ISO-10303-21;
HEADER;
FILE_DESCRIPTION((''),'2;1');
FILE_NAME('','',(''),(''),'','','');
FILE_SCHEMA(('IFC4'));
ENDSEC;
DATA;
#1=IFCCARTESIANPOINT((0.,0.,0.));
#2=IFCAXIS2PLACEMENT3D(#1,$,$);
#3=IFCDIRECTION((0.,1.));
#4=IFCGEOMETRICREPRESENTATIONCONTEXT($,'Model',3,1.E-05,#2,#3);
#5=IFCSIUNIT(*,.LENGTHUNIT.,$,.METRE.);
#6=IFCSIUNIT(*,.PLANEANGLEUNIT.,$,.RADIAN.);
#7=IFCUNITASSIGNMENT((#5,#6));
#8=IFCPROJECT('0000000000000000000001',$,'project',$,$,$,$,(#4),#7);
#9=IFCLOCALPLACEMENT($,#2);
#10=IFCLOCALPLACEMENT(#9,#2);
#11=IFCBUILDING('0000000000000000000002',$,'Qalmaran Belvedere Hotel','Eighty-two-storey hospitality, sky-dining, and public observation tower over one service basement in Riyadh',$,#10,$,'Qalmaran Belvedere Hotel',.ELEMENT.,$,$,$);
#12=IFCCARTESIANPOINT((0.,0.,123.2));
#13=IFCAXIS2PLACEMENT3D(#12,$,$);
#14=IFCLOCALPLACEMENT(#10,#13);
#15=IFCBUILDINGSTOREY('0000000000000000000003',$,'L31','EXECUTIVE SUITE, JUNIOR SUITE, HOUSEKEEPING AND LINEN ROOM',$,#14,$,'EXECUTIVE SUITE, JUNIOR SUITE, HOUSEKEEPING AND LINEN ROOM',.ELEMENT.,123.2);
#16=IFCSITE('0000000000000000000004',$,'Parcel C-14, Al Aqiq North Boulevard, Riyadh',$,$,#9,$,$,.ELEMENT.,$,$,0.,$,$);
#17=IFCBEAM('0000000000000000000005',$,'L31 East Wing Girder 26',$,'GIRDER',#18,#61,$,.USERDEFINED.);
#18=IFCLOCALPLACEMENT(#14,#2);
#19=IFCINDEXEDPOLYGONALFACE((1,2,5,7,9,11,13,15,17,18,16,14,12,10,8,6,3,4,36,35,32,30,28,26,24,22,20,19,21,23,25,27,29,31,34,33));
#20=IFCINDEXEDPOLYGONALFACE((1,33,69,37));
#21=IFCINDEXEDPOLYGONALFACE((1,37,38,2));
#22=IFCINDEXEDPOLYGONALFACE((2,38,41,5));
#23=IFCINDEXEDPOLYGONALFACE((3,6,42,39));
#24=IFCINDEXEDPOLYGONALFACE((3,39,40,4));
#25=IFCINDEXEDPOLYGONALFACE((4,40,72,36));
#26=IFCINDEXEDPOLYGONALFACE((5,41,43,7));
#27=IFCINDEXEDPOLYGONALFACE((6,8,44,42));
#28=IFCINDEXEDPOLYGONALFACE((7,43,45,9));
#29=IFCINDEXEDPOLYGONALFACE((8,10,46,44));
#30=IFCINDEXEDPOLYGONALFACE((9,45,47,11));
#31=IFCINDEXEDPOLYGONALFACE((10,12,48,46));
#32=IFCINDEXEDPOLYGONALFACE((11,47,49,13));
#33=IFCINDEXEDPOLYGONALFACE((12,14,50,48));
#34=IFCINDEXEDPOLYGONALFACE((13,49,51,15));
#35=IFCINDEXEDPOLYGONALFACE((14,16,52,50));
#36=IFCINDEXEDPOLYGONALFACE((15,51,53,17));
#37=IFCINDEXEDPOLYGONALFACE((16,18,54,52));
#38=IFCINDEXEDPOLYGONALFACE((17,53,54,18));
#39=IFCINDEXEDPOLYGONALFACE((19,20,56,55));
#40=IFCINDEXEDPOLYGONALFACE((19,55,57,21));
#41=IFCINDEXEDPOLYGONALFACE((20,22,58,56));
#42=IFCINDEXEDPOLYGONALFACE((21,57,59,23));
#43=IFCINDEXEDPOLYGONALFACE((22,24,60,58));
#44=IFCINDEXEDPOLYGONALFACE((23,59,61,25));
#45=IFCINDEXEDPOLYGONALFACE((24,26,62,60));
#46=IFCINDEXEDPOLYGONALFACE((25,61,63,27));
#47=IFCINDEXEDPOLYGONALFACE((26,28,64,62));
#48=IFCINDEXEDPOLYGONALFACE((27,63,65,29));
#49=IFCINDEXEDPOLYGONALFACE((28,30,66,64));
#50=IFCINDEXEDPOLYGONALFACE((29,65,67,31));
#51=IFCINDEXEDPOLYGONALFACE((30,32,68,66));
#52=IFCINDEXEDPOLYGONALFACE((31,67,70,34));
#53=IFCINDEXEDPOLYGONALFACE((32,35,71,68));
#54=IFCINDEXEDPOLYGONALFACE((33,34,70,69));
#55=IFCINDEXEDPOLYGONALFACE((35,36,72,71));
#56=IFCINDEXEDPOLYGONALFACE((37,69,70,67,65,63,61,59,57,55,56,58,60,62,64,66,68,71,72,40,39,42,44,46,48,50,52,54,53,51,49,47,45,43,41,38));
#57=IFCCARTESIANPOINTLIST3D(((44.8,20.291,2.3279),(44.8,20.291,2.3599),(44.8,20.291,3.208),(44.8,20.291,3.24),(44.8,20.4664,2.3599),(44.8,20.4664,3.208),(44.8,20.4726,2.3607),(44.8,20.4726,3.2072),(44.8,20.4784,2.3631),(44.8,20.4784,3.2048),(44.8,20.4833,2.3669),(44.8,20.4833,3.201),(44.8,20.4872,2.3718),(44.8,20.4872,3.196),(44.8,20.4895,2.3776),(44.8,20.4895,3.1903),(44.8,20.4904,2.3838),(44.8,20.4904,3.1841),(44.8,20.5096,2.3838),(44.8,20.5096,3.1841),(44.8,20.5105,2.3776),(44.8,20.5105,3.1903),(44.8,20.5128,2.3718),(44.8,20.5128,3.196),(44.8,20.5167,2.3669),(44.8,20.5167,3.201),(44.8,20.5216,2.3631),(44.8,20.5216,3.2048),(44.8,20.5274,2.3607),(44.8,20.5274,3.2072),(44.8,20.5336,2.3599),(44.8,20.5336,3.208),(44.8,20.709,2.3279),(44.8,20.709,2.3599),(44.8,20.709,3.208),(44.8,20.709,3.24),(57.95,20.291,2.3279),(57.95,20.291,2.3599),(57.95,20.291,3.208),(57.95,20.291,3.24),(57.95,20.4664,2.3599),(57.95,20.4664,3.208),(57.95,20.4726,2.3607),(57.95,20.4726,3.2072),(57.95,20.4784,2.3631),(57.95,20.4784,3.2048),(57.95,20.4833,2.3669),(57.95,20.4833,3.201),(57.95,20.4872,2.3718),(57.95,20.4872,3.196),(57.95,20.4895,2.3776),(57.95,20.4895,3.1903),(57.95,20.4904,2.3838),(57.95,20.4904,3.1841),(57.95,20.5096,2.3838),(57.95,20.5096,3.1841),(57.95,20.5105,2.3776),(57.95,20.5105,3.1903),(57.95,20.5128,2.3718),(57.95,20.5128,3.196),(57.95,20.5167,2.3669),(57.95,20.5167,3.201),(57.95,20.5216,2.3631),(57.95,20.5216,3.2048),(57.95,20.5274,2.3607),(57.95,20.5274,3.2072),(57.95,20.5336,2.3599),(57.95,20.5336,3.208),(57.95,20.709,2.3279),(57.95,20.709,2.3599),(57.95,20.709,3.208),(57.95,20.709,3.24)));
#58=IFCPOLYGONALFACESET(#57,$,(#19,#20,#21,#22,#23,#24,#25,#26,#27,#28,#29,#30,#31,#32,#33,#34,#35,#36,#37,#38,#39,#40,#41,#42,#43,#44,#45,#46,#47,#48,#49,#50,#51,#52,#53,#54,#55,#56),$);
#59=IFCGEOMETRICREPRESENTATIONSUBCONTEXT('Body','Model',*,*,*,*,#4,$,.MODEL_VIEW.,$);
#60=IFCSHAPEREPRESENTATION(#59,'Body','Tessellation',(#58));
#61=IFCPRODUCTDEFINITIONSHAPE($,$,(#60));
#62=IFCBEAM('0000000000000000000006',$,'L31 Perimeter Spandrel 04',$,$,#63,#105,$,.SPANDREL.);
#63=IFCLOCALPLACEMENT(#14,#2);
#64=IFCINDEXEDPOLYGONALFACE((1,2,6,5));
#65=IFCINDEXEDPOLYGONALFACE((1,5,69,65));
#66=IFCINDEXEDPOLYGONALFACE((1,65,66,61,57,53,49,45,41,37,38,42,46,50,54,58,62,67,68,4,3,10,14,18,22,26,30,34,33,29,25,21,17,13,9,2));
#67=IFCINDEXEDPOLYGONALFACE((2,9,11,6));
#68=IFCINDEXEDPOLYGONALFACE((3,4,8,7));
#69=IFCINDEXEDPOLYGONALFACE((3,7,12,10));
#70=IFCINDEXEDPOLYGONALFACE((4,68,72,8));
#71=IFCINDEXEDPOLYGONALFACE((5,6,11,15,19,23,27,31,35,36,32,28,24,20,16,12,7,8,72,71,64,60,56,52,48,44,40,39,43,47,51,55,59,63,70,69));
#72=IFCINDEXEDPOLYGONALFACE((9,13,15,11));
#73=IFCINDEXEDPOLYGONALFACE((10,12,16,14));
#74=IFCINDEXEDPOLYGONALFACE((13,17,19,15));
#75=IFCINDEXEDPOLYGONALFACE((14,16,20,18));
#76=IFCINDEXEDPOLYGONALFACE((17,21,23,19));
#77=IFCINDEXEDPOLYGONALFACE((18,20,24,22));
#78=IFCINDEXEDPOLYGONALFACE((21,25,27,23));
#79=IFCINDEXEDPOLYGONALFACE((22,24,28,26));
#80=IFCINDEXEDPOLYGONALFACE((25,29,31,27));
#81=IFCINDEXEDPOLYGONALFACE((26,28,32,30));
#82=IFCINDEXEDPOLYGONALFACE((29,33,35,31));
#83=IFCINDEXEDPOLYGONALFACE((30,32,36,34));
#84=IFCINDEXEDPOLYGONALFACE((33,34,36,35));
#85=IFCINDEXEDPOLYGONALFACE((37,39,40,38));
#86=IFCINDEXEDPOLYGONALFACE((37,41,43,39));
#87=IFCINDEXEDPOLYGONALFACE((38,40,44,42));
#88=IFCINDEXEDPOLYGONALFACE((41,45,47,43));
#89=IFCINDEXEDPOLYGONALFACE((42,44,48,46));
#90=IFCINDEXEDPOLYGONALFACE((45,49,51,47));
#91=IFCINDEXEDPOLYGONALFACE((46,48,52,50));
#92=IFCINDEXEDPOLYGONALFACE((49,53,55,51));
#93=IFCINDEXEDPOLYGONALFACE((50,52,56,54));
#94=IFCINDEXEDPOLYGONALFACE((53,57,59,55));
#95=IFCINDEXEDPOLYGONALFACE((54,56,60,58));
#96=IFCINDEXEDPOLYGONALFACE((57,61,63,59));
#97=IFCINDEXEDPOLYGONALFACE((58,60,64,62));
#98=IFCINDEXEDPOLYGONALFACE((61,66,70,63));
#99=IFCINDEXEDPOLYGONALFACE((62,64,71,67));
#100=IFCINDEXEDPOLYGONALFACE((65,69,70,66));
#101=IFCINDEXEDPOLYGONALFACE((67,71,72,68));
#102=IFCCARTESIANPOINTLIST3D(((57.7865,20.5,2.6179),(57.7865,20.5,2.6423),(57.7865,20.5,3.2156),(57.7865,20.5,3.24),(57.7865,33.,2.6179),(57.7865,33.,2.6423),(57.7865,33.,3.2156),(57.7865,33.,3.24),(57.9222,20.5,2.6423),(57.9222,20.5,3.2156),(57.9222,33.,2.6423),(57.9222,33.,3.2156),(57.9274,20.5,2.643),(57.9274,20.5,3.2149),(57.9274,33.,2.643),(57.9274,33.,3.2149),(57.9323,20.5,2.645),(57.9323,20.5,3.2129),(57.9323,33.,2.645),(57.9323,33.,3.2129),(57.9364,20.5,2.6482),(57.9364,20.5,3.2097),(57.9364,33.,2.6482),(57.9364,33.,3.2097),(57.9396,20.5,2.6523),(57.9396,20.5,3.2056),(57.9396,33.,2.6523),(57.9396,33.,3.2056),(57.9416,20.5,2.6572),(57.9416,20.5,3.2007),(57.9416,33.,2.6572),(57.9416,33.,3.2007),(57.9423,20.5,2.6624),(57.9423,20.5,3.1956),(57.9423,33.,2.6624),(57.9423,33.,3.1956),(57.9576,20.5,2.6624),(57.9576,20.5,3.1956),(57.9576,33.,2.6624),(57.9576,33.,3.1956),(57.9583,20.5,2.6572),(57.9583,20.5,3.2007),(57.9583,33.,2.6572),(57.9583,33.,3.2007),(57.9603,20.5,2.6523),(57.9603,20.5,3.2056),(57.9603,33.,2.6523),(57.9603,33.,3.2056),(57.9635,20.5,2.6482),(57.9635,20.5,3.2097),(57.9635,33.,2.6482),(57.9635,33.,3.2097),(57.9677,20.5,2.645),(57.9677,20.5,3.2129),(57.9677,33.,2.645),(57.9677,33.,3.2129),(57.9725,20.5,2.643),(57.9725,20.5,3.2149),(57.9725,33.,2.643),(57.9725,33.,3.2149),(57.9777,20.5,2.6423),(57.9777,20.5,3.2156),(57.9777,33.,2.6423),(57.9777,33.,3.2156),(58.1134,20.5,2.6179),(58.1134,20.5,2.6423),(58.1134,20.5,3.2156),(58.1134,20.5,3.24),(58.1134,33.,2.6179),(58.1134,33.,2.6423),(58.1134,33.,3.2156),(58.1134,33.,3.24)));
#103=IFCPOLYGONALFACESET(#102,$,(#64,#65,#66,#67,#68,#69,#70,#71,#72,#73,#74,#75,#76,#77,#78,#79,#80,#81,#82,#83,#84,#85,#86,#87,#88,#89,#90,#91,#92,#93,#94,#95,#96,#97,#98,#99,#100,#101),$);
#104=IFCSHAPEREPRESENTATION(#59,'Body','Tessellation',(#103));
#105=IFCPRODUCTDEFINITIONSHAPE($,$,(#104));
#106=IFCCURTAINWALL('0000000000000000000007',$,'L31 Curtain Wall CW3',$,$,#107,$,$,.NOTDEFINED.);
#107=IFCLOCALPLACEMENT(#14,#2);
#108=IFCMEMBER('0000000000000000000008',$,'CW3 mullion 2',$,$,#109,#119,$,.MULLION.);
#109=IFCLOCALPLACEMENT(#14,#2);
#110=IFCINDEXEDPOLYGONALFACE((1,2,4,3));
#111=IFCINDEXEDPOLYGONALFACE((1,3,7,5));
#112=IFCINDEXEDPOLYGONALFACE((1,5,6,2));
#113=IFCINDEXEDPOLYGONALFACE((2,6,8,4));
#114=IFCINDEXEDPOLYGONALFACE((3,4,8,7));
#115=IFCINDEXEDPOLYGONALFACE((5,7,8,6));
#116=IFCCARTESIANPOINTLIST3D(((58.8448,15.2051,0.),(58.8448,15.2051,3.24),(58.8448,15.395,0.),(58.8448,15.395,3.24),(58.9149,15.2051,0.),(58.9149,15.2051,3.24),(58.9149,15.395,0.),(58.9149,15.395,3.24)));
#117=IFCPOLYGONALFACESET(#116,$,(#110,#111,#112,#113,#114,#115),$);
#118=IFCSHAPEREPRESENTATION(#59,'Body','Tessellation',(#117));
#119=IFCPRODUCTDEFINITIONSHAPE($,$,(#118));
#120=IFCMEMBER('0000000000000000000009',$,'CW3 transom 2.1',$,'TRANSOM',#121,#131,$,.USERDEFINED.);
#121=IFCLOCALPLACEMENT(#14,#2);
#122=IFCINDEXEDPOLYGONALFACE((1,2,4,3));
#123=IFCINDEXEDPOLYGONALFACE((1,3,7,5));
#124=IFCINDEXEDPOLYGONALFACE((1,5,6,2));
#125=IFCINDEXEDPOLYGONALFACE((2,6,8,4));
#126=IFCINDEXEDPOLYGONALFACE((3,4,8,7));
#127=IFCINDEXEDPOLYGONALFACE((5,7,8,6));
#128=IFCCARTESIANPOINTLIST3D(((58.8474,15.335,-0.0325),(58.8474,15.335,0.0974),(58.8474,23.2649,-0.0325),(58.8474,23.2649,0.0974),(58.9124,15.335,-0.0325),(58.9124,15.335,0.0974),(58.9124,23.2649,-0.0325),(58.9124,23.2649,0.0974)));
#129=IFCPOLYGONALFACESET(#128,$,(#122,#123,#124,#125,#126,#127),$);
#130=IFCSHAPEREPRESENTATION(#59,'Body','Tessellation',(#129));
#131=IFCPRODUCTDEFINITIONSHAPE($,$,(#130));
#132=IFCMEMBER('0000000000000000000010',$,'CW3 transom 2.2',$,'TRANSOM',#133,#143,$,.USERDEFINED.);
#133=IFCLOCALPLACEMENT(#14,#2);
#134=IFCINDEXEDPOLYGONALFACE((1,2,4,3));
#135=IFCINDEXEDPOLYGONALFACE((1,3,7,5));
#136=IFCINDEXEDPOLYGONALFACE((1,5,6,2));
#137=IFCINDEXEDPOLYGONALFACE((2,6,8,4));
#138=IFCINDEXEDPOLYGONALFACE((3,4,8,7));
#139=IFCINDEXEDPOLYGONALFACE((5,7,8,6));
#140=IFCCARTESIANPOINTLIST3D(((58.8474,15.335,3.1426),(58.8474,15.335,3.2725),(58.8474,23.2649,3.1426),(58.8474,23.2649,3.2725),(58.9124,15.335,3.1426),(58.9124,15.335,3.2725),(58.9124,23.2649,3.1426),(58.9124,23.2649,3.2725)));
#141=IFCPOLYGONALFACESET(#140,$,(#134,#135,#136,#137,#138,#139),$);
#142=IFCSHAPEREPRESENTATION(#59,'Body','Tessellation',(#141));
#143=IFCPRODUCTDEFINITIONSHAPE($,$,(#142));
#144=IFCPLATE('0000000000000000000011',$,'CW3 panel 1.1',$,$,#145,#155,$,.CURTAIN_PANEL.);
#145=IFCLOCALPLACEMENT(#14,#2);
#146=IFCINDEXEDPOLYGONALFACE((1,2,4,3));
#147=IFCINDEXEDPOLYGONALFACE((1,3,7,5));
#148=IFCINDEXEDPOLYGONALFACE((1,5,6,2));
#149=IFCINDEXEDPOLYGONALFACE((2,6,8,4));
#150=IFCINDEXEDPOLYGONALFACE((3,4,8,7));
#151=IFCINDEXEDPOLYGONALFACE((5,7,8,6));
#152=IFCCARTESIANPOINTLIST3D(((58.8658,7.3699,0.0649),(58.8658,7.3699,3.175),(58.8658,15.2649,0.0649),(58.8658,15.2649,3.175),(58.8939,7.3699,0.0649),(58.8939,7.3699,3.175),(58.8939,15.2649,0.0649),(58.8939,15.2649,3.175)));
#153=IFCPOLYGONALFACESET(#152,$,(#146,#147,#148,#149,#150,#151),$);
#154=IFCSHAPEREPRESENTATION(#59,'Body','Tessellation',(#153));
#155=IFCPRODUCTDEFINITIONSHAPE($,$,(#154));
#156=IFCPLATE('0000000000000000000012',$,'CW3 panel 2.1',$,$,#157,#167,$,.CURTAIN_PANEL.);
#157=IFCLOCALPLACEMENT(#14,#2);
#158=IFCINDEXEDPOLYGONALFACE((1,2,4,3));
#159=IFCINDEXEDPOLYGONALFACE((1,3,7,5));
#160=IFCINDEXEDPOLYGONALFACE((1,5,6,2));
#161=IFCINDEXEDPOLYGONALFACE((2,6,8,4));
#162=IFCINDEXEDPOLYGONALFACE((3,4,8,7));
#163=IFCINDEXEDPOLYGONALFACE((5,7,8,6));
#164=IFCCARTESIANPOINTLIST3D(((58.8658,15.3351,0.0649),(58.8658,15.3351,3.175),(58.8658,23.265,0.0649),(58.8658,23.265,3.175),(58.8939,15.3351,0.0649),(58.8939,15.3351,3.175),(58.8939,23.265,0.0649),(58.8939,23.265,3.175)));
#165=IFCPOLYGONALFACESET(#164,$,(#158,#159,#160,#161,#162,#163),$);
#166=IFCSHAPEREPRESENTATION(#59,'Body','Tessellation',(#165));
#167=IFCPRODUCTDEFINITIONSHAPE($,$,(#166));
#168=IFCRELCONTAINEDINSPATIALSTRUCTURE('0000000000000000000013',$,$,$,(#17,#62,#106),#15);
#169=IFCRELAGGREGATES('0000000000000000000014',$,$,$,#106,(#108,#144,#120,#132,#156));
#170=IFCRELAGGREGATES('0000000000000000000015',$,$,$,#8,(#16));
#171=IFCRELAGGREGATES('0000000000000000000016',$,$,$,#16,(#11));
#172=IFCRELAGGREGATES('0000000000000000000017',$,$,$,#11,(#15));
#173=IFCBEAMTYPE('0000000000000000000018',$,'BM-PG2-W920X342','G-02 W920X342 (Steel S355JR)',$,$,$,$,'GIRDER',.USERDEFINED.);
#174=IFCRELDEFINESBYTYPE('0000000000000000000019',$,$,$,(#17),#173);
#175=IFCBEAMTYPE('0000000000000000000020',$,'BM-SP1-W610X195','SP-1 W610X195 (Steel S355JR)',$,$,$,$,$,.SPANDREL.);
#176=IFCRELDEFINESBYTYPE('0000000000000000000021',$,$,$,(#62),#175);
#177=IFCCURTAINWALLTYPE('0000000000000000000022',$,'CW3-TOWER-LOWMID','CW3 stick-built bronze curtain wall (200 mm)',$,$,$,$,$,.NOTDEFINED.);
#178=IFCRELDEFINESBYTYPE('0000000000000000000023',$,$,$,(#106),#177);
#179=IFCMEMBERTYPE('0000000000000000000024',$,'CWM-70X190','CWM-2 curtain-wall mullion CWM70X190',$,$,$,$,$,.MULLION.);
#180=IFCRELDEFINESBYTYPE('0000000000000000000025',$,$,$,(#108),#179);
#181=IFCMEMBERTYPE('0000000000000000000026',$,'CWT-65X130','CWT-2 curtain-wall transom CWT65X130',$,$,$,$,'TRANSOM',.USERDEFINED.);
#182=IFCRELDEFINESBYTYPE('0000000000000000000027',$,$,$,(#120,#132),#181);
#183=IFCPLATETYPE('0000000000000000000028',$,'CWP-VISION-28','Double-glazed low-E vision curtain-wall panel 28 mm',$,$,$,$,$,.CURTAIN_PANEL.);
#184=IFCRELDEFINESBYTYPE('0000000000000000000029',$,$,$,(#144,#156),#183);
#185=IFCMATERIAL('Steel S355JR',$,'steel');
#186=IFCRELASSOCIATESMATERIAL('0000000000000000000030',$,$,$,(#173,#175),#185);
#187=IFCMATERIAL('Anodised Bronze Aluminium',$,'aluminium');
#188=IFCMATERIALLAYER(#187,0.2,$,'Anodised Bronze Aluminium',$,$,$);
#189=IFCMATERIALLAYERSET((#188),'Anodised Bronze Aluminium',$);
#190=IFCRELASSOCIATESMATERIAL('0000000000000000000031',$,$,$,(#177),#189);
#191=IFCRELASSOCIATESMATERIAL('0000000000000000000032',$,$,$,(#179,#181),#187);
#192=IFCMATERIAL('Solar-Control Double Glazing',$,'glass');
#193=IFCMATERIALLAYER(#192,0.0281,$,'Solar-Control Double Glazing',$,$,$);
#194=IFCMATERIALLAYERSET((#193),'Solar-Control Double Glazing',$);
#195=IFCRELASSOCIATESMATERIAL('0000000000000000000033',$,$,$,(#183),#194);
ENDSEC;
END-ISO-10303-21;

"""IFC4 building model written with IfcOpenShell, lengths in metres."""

from ifc_helpers import new_model, si_unit, direction, frame, origin, origin_2d, place, context, subcontext, project, spatial, rectangle, i_section, extrude, material, layer, layer_set, material_profile, profile_set, type_object, element, aggregate, save


model = new_model("IFC4")

# Units and contexts
model_context = context("Model", 3, precision=1e-05, world=origin(), true_north=direction((0.0, 1.0)))
body_context = subcontext(model_context, "Body", "Model", "MODEL_VIEW")
ifc_project = project(units=[si_unit("LENGTHUNIT", "METRE"), si_unit("PLANEANGLEUNIT", "RADIAN")], contexts=[model_context])

# Site, building, storey
site_placement = place(None, origin())
site = spatial("IfcSite", under=ifc_project, at=site_placement, Name="Parcel C-14, Al Aqiq North Boulevard, Riyadh", CompositionType="ELEMENT", RefElevation=0.0)
building_placement = place(site_placement, origin())
building = spatial("IfcBuilding", under=site, at=building_placement, Name="Qalmaran Belvedere Hotel", Description="Eighty-two-storey hospitality, sky-dining, and public observation tower over one service basement in Riyadh", LongName="Qalmaran Belvedere Hotel", CompositionType="ELEMENT")
storey_placement = place(building_placement, frame((0.0, 0.0, 123.2)))
storey = spatial("IfcBuildingStorey", under=building, at=storey_placement, Name="L31", Description="EXECUTIVE SUITE, JUNIOR SUITE, HOUSEKEEPING AND LINEN ROOM", LongName="EXECUTIVE SUITE, JUNIOR SUITE, HOUSEKEEPING AND LINEN ROOM", CompositionType="ELEMENT", Elevation=123.2)

# Beams
ifc_material_1 = material(Name="Steel S355JR", Category="steel")
ifc_material_profile_1 = material_profile(ifc_material_1, i_section(OverallWidth=0.418, OverallDepth=0.9121, WebThickness=0.0193, FlangeThickness=0.032, FilletRadius=0.0239, at=origin_2d()), Name="W920X342")
ifc_profile_set_1 = profile_set([ifc_material_profile_1], Name="Steel S355JR")
beam_type_1 = type_object("IfcBeamType", Name="BM-PG2-W920X342", Description="G-02 W920X342 (Steel S355JR)", ElementType="GIRDER", PredefinedType="USERDEFINED", material=ifc_profile_set_1)
beam_1_placement = place(storey_placement, frame((44.8, 20.5, 2.7839), z_axis=(1.0, 0.0, 0.0), x_axis=(0.0, 1.0, 0.0)))
element("IfcBeam", 1, at=beam_1_placement, inside=storey, type_object=beam_type_1, Name="L31 East Wing Girder 26", ObjectType="GIRDER", PredefinedType="USERDEFINED", context=body_context, shape_type="SweptSolid", body=[
    extrude(i_section(OverallWidth=0.418, OverallDepth=0.9121, WebThickness=0.0193, FlangeThickness=0.032, FilletRadius=0.0239, at=origin_2d()), origin(), (0.0, 0.0, 1.0), 13.1499),
])
ifc_material_profile_2 = material_profile(ifc_material_1, i_section(OverallWidth=0.3269, OverallDepth=0.6221, WebThickness=0.0154, FlangeThickness=0.0244, FilletRadius=0.02, at=origin_2d()), Name="W610X195")
ifc_profile_set_2 = profile_set([ifc_material_profile_2], Name="Steel S355JR")
beam_type_2 = type_object("IfcBeamType", Name="BM-SP1-W610X195", Description="SP-1 W610X195 (Steel S355JR)", PredefinedType="SPANDREL", material=ifc_profile_set_2)
beam_2_placement = place(storey_placement, frame((57.95, 20.5, 2.929), z_axis=(0.0, 1.0, 0.0), x_axis=(-1.0, 0.0, 0.0)))
element("IfcBeam", 2, at=beam_2_placement, inside=storey, type_object=beam_type_2, Name="L31 Perimeter Spandrel 04", PredefinedType="SPANDREL", context=body_context, shape_type="SweptSolid", body=[
    extrude(i_section(OverallWidth=0.3269, OverallDepth=0.6221, WebThickness=0.0154, FlangeThickness=0.0244, FilletRadius=0.02, at=origin_2d()), origin(), (0.0, 0.0, 1.0), 12.5),
])

# Curtain wall, members, plates
ifc_material_2 = material(Name="Anodised Bronze Aluminium", Category="aluminium")
ifc_layer_1 = layer(ifc_material_2, 0.2, Name="Anodised Bronze Aluminium")
ifc_layer_set_1 = layer_set([ifc_layer_1], Name="Anodised Bronze Aluminium")
curtain_wall_type = type_object("IfcCurtainWallType", Name="CW3-TOWER-LOWMID", Description="CW3 stick-built bronze curtain wall (200 mm)", PredefinedType="NOTDEFINED", material=ifc_layer_set_1)
curtain_wall_placement = place(storey_placement, origin())
curtain_wall = element("IfcCurtainWall", 3, at=curtain_wall_placement, inside=storey, type_object=curtain_wall_type, Name="L31 Curtain Wall CW3", PredefinedType="NOTDEFINED")
ifc_material_profile_3 = material_profile(ifc_material_2, rectangle(XDim=0.0701, YDim=0.1899, at=origin_2d()), Name="CWM70X190")
ifc_profile_set_3 = profile_set([ifc_material_profile_3], Name="Anodised Bronze Aluminium")
member_type_1 = type_object("IfcMemberType", Name="CWM-70X190", Description="CWM-2 curtain-wall mullion CWM70X190", PredefinedType="MULLION", material=ifc_profile_set_3)
member_1_placement = place(storey_placement, frame((58.8799, 15.3, 0.0), z_axis=(0.0, 0.0, 1.0), x_axis=(-1.0, 0.0, 0.0)))
member_1 = element("IfcMember", 4, at=member_1_placement, type_object=member_type_1, Name="CW3 mullion 2", PredefinedType="MULLION", context=body_context, shape_type="SweptSolid", body=[
    extrude(rectangle(XDim=0.0701, YDim=0.1899, at=origin_2d()), origin(), (0.0, 0.0, 1.0), 3.24),
])
ifc_material_profile_4 = material_profile(ifc_material_2, rectangle(XDim=0.0649, YDim=0.1299, at=origin_2d()), Name="CWT65X130")
ifc_profile_set_4 = profile_set([ifc_material_profile_4], Name="Anodised Bronze Aluminium")
member_type_2 = type_object("IfcMemberType", Name="CWT-65X130", Description="CWT-2 curtain-wall transom CWT65X130", ElementType="TRANSOM", PredefinedType="USERDEFINED", material=ifc_profile_set_4)
member_2_placement = place(storey_placement, frame((58.8799, 15.335, 0.0325), z_axis=(0.0, 1.0, 0.0), x_axis=(-1.0, 0.0, 0.0)))
member_2 = element("IfcMember", 5, at=member_2_placement, type_object=member_type_2, Name="CW3 transom 2.1", ObjectType="TRANSOM", PredefinedType="USERDEFINED", context=body_context, shape_type="SweptSolid", body=[
    extrude(rectangle(XDim=0.0649, YDim=0.1299, at=origin_2d()), origin(), (0.0, 0.0, 1.0), 7.9299),
])
member_3_placement = place(storey_placement, frame((58.8799, 15.335, 3.2075), z_axis=(0.0, 1.0, 0.0), x_axis=(-1.0, 0.0, 0.0)))
member_3 = element("IfcMember", 6, at=member_3_placement, type_object=member_type_2, Name="CW3 transom 2.2", ObjectType="TRANSOM", PredefinedType="USERDEFINED", context=body_context, shape_type="SweptSolid", body=[
    extrude(rectangle(XDim=0.0649, YDim=0.1299, at=origin_2d()), origin(), (0.0, 0.0, 1.0), 7.9299),
])
ifc_material_3 = material(Name="Solar-Control Double Glazing", Category="glass")
ifc_layer_2 = layer(ifc_material_3, 0.0281, Name="Solar-Control Double Glazing")
ifc_layer_set_2 = layer_set([ifc_layer_2], Name="Solar-Control Double Glazing")
plate_type = type_object("IfcPlateType", Name="CWP-VISION-28", Description="Double-glazed low-E vision curtain-wall panel 28 mm", PredefinedType="CURTAIN_PANEL", material=ifc_layer_set_2)
plate_1_placement = place(storey_placement, frame((58.8799, 11.3174, 0.0649), z_axis=(0.0, 0.0, 1.0), x_axis=(0.0, 1.0, 0.0)))
plate_1 = element("IfcPlate", 7, at=plate_1_placement, type_object=plate_type, Name="CW3 panel 1.1", PredefinedType="CURTAIN_PANEL", context=body_context, shape_type="SweptSolid", body=[
    extrude(rectangle(XDim=7.895, YDim=0.0281, at=origin_2d()), origin(), (0.0, 0.0, 1.0), 3.1101),
])
plate_2_placement = place(storey_placement, frame((58.8799, 19.3, 0.0649), z_axis=(0.0, 0.0, 1.0), x_axis=(0.0, 1.0, 0.0)))
plate_2 = element("IfcPlate", 8, at=plate_2_placement, type_object=plate_type, Name="CW3 panel 2.1", PredefinedType="CURTAIN_PANEL", context=body_context, shape_type="SweptSolid", body=[
    extrude(rectangle(XDim=7.9299, YDim=0.0281, at=origin_2d()), origin(), (0.0, 0.0, 1.0), 3.1101),
])
aggregate(curtain_wall, [member_1, plate_1, member_2, member_3, plate_2])

save(model, "model.ifc")
